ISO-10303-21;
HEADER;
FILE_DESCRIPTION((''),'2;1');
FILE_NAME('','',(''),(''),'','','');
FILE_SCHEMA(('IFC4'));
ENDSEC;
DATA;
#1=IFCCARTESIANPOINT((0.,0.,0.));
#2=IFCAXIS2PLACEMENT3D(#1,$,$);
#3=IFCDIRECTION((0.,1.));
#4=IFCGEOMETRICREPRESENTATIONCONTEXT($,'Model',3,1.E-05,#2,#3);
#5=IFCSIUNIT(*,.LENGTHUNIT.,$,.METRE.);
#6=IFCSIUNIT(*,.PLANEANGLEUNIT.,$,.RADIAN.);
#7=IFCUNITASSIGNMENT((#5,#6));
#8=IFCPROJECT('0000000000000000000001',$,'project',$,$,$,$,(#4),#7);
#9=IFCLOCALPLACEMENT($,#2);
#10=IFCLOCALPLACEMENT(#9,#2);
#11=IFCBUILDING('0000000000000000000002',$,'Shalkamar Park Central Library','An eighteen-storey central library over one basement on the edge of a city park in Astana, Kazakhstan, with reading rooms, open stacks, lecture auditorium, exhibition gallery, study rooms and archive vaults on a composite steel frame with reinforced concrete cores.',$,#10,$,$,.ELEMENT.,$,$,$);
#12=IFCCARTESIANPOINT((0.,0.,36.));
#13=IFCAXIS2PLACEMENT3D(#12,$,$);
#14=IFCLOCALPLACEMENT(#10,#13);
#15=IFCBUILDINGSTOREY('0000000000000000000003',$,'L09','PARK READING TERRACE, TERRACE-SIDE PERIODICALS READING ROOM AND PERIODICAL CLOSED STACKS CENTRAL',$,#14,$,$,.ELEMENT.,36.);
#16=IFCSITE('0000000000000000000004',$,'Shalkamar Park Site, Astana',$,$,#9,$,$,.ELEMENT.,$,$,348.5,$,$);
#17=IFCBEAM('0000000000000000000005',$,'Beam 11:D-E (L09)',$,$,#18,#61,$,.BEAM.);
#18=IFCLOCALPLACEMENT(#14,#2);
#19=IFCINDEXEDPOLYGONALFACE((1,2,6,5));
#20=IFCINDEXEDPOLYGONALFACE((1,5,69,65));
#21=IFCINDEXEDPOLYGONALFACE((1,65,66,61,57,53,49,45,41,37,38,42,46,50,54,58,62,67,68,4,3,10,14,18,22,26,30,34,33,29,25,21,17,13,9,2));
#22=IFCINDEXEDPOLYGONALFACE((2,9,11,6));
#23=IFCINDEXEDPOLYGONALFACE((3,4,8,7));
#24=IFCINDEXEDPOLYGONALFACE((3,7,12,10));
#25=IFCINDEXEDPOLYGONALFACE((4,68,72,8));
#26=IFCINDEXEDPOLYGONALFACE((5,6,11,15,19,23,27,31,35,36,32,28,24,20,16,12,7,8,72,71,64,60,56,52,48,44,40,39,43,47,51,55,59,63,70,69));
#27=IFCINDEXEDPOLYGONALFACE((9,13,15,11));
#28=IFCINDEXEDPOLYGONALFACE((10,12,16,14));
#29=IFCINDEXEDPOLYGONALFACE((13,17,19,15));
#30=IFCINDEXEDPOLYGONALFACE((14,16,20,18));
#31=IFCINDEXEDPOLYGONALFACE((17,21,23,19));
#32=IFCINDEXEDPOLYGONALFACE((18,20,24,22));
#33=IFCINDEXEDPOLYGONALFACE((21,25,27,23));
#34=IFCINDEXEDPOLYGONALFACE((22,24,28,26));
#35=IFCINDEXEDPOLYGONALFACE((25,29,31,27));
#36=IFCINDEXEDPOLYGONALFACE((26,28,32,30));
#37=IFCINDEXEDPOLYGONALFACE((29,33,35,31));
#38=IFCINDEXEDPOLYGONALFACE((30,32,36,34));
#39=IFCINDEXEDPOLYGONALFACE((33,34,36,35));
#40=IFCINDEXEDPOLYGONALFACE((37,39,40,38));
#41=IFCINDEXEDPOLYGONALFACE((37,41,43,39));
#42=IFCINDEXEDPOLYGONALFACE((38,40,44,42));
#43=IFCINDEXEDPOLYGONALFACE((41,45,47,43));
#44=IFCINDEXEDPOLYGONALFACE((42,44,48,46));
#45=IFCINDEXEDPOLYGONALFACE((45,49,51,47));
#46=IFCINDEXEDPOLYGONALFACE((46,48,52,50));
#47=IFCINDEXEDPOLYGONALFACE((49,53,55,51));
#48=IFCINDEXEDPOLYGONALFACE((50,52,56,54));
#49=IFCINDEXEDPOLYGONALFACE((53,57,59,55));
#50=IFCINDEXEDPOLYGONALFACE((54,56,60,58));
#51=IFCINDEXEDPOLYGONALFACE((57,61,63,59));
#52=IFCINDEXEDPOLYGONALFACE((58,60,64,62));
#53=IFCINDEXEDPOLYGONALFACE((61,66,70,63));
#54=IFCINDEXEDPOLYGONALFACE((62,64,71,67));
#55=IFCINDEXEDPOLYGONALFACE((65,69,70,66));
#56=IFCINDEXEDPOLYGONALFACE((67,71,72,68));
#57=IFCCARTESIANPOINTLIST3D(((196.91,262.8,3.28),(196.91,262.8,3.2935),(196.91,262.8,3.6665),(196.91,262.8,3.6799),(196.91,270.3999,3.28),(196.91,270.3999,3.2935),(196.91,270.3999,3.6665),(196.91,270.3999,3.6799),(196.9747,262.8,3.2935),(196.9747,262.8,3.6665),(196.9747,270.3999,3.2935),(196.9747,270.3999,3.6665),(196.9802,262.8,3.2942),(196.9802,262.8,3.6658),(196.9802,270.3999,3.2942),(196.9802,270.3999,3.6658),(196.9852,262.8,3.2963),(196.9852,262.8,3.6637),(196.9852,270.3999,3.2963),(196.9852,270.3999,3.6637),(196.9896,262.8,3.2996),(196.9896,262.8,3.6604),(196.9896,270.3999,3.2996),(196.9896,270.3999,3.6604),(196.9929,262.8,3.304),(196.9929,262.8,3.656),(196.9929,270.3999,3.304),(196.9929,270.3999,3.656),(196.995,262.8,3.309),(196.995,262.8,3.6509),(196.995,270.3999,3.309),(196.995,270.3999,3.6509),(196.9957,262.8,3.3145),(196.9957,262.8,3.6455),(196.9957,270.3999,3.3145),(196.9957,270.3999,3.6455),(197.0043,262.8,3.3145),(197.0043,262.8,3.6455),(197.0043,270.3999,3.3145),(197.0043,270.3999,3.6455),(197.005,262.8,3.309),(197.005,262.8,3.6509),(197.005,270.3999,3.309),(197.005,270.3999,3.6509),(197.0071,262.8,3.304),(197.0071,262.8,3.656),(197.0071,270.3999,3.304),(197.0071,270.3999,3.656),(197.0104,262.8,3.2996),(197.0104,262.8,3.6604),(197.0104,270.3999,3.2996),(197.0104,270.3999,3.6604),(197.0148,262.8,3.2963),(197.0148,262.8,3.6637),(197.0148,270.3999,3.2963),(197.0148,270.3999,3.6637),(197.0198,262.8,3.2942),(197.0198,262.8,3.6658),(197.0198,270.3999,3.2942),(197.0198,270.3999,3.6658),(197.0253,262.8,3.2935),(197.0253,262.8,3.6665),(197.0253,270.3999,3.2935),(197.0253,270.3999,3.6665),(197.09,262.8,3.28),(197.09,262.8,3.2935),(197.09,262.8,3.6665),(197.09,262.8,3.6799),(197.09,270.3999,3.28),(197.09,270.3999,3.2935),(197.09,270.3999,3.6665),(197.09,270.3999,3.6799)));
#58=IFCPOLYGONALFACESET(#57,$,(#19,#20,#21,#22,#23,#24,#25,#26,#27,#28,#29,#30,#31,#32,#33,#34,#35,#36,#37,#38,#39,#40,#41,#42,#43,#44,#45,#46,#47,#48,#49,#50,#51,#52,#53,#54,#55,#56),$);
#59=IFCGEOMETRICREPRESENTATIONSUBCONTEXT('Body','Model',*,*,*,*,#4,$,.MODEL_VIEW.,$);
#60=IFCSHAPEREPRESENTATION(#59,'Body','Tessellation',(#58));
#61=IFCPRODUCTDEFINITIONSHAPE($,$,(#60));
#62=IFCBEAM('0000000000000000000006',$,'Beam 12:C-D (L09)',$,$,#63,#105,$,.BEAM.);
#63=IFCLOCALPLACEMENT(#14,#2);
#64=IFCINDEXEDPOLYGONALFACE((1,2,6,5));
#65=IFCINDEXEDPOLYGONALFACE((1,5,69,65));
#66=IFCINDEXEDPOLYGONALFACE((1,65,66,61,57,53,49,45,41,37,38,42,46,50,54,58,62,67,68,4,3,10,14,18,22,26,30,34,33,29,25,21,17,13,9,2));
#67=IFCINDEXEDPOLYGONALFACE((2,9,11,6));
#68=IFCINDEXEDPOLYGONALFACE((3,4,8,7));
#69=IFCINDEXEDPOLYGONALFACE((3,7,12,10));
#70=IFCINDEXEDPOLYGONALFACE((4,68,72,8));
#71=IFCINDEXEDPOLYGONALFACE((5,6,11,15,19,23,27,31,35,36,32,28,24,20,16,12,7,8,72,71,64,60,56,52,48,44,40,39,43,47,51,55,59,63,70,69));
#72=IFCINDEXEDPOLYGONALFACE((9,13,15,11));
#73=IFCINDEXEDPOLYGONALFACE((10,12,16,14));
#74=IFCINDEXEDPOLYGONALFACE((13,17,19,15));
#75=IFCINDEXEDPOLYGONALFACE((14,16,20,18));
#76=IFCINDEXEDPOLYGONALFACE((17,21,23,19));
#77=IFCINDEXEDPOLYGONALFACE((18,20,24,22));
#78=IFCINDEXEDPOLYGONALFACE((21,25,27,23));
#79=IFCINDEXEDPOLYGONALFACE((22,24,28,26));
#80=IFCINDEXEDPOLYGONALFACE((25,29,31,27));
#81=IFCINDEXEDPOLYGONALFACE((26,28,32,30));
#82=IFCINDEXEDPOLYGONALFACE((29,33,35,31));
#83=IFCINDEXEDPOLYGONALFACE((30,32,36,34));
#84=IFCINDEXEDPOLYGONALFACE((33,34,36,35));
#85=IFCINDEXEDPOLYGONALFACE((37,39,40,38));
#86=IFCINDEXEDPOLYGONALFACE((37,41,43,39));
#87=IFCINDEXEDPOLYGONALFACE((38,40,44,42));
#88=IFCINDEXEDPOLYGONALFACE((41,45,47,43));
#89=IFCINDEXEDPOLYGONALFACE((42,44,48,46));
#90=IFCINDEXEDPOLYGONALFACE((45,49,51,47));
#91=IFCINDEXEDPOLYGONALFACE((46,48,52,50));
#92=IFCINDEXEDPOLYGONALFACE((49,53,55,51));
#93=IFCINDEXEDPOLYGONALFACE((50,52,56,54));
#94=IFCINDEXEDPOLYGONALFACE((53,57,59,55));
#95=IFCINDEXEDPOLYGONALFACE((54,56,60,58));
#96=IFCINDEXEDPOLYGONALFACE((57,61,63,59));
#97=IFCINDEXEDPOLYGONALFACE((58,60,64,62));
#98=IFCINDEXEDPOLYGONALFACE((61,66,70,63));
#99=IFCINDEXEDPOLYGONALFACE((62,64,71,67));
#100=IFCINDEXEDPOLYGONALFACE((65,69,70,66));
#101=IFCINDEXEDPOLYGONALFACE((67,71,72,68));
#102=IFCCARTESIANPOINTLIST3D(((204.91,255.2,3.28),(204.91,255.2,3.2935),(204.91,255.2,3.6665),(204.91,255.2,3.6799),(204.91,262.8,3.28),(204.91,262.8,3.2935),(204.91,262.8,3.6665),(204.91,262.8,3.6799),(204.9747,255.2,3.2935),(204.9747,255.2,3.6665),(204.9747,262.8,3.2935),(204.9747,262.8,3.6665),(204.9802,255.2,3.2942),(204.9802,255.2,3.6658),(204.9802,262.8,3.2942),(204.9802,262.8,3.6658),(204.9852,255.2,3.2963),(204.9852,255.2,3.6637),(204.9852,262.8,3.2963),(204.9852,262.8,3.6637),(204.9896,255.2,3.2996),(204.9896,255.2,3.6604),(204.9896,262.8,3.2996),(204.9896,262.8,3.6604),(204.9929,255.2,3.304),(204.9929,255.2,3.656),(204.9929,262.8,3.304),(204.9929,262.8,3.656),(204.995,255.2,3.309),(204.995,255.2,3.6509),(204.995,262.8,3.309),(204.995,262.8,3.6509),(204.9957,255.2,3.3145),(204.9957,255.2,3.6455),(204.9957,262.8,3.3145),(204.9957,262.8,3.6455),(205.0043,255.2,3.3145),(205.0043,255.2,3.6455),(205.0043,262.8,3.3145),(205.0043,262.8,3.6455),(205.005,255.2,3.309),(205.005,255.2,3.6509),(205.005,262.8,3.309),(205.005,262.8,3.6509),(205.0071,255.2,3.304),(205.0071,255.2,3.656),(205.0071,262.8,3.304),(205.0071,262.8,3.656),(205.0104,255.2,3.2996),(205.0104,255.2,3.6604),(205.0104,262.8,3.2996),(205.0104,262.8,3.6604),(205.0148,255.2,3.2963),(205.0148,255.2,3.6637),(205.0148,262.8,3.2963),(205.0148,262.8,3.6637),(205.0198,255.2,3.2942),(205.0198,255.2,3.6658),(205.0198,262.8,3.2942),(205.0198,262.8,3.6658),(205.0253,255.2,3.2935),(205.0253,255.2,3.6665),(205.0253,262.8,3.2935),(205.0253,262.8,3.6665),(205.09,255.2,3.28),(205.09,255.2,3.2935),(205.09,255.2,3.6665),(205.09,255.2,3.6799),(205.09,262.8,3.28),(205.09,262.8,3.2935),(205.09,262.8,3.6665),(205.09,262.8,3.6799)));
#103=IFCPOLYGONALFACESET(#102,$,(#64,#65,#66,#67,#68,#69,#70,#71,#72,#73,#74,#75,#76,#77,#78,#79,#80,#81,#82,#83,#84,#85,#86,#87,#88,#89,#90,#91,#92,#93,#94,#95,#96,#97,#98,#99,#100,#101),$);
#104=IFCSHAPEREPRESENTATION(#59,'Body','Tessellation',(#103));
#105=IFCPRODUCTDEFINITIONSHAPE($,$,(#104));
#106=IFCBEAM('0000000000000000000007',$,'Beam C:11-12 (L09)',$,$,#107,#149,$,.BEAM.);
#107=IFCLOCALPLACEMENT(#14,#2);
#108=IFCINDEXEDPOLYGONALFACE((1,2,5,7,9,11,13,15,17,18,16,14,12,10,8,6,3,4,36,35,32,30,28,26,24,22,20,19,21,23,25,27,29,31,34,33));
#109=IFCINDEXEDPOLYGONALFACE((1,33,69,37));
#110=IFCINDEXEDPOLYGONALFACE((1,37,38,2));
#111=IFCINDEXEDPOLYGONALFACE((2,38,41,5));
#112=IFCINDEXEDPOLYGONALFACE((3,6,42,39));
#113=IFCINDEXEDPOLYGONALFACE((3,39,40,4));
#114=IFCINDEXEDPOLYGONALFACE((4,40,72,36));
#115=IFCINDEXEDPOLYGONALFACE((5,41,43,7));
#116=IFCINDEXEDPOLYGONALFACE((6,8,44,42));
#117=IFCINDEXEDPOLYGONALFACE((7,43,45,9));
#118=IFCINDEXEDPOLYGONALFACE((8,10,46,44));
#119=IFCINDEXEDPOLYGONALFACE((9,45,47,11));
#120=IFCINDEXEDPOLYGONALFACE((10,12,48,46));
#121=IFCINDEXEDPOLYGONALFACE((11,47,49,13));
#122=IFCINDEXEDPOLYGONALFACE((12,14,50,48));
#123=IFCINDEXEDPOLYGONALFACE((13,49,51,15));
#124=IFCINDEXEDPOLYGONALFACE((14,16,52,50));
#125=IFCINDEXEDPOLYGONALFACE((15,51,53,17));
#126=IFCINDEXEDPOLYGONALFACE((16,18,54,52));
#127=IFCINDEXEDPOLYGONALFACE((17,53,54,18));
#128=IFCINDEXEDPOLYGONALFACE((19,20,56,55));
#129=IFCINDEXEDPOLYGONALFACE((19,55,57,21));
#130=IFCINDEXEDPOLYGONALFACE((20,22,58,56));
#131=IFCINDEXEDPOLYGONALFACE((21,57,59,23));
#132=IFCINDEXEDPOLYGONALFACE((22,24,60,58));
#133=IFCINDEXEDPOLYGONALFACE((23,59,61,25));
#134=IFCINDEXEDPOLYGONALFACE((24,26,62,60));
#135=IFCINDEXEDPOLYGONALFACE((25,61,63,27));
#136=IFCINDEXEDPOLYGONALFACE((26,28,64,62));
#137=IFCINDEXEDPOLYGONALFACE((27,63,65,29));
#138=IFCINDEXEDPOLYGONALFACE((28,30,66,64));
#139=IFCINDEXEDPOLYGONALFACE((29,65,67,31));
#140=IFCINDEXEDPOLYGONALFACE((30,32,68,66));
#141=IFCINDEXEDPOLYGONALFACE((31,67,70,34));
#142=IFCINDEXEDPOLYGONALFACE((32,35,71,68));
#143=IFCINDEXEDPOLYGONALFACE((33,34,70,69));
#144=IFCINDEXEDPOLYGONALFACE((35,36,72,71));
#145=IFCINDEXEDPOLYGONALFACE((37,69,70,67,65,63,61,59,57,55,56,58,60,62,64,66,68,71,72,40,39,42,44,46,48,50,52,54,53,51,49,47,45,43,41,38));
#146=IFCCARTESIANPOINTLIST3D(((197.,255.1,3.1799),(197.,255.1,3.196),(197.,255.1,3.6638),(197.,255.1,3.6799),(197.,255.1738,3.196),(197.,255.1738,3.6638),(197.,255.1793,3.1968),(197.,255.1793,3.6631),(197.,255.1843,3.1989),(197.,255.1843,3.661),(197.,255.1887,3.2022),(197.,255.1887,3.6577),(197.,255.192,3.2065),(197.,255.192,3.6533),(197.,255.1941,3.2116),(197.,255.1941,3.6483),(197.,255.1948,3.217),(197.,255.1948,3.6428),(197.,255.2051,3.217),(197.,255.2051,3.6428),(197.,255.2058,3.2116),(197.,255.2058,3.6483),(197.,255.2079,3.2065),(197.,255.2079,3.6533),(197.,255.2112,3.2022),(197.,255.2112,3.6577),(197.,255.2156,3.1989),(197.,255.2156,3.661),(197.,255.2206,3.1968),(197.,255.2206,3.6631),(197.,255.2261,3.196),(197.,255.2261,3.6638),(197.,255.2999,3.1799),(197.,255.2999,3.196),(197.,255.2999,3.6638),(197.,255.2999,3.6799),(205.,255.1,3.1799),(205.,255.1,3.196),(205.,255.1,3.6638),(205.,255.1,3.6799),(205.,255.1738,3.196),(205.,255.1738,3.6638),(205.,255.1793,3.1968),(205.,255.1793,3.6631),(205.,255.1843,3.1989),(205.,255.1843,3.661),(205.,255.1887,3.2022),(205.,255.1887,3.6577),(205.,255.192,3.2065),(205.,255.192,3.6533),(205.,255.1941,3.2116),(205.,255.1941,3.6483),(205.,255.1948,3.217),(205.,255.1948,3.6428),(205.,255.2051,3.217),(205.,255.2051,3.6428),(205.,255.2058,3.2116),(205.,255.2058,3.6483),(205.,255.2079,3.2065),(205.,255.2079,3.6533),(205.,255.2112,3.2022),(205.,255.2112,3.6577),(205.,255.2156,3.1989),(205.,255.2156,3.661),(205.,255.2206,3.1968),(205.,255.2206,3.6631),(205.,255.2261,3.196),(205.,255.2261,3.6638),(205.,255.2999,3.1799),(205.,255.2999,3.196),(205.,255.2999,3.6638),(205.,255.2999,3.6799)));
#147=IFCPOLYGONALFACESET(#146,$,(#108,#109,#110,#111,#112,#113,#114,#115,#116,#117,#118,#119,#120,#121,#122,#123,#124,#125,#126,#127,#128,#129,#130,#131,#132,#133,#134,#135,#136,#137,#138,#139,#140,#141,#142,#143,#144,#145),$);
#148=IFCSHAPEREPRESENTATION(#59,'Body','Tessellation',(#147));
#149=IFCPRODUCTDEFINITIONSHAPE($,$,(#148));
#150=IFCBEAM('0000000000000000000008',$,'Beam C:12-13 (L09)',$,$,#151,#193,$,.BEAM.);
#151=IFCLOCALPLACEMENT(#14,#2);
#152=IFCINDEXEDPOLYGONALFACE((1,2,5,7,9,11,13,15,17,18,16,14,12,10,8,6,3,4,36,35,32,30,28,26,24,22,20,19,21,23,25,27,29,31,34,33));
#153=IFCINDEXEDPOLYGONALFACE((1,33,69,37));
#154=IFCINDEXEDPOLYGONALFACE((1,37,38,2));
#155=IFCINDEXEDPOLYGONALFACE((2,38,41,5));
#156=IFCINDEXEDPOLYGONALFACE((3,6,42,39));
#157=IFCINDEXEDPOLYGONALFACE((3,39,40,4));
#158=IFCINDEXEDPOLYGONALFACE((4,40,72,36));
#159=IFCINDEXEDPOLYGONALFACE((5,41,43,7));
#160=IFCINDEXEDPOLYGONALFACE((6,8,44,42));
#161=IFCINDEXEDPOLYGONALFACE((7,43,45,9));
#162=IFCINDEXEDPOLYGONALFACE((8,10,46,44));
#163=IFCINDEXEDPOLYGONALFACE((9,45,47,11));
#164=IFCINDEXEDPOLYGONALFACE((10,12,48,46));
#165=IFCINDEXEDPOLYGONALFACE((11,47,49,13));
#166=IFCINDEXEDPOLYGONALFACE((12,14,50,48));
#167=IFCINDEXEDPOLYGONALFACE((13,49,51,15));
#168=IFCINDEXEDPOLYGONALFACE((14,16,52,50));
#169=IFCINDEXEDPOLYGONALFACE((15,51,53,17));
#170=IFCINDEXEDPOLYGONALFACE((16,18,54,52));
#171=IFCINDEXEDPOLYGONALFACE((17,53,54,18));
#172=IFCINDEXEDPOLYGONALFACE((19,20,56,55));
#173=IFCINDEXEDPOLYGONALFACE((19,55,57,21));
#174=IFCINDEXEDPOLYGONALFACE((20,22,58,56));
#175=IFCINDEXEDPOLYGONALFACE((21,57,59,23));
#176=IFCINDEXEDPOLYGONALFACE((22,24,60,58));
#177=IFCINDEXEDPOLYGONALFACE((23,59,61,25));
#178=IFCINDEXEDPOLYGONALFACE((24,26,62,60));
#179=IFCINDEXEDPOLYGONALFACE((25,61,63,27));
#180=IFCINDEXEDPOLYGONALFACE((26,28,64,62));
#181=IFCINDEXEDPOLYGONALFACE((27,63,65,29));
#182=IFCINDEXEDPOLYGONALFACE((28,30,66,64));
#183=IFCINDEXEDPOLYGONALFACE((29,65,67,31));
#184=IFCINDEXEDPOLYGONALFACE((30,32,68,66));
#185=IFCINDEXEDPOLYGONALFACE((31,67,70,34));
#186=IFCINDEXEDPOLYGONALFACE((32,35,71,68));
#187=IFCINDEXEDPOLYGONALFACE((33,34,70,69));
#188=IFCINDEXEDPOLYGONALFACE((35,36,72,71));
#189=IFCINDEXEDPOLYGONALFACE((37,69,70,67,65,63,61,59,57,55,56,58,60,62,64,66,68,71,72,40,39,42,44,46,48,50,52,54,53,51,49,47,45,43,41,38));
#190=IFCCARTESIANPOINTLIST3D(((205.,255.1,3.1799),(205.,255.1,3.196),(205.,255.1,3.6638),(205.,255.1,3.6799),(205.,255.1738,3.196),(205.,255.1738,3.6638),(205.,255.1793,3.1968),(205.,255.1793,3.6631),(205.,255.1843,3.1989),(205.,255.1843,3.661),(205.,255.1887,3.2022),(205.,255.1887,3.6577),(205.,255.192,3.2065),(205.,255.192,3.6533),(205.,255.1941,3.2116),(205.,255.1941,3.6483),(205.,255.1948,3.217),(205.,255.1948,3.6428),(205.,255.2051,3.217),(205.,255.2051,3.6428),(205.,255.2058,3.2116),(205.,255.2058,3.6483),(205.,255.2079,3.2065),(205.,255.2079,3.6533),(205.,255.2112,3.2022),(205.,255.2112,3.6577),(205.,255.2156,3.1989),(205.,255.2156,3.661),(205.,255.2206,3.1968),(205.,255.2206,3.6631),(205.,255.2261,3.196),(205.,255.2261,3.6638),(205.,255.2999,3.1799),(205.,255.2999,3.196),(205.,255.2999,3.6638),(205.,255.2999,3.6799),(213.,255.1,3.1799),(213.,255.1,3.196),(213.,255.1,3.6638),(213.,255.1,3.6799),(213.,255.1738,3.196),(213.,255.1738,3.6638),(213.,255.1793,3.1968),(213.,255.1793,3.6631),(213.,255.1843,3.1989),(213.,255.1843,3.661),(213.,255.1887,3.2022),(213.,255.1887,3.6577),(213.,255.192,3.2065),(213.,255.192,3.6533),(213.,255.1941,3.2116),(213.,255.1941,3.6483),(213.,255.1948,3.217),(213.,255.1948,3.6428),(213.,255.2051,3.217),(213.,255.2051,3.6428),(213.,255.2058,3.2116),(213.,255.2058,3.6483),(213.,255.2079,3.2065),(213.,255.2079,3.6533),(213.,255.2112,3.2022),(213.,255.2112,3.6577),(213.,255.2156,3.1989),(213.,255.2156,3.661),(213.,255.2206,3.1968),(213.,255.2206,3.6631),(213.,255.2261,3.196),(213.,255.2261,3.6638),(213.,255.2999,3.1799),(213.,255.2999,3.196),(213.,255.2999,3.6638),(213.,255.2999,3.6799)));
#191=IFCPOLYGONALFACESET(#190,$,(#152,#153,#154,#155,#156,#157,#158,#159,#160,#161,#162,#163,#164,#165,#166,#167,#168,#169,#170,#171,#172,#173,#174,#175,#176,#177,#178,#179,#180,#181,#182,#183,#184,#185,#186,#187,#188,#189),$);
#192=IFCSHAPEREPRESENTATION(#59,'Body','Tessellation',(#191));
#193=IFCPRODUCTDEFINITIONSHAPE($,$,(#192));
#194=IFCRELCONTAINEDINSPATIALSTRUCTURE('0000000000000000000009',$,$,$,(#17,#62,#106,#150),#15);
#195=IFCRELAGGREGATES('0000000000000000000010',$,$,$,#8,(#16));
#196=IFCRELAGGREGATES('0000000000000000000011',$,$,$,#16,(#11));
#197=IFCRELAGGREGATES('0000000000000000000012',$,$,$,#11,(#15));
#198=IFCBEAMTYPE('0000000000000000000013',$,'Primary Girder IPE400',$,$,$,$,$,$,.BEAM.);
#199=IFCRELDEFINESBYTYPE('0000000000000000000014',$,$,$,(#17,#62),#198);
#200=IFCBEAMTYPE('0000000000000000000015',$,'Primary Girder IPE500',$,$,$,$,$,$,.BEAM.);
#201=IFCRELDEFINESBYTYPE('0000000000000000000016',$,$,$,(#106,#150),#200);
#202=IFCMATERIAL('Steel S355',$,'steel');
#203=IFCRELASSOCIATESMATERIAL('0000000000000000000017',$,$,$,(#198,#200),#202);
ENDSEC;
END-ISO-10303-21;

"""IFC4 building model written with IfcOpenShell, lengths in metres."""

from ifc_helpers import new_model, si_unit, direction, frame, origin, origin_2d, place, context, subcontext, project, spatial, i_section, extrude, material, material_profile, profile_set, type_object, element, save


model = new_model("IFC4")

# Units and contexts
model_context = context("Model", 3, precision=1e-05, world=origin(), true_north=direction((0.0, 1.0)))
body_context = subcontext(model_context, "Body", "Model", "MODEL_VIEW")
ifc_project = project(units=[si_unit("LENGTHUNIT", "METRE"), si_unit("PLANEANGLEUNIT", "RADIAN")], contexts=[model_context])

# Site, building, storey
site_placement = place(None, origin())
site = spatial("IfcSite", under=ifc_project, at=site_placement, Name="Shalkamar Park Site, Astana", CompositionType="ELEMENT", RefElevation=348.5)
building_placement = place(site_placement, origin())
building = spatial("IfcBuilding", under=site, at=building_placement, Name="Shalkamar Park Central Library", Description="An eighteen-storey central library over one basement on the edge of a city park in Astana, Kazakhstan, with reading rooms, open stacks, lecture auditorium, exhibition gallery, study rooms and archive vaults on a composite steel frame with reinforced concrete cores.", CompositionType="ELEMENT")
storey_placement = place(building_placement, frame((0.0, 0.0, 36.0)))
storey = spatial("IfcBuildingStorey", under=building, at=storey_placement, Name="L09", Description="PARK READING TERRACE, TERRACE-SIDE PERIODICALS READING ROOM AND PERIODICAL CLOSED STACKS CENTRAL", CompositionType="ELEMENT", Elevation=36.0)

# Shared definitions
ifc_material_1 = material(Name="Steel S355", Category="steel")

# Beams
ifc_material_profile_1 = material_profile(ifc_material_1, i_section(OverallWidth=0.1799, OverallDepth=0.3999, WebThickness=0.0085, FlangeThickness=0.0134, FilletRadius=0.021, at=origin_2d()), Name="IPE 400")
ifc_profile_set_1 = profile_set([ifc_material_profile_1], Name="Steel S355")
beam_type_1 = type_object("IfcBeamType", Name="Primary Girder IPE400", PredefinedType="BEAM", material=ifc_profile_set_1)
beam_1_placement = place(storey_placement, frame((197.0, 262.8, 3.48), z_axis=(0.0, 1.0, 0.0), x_axis=(-1.0, 0.0, 0.0)))
element("IfcBeam", 1, at=beam_1_placement, inside=storey, type_object=beam_type_1, Name="Beam 11:D-E (L09)", PredefinedType="BEAM", context=body_context, shape_type="SweptSolid", body=[
    extrude(i_section(OverallWidth=0.1799, OverallDepth=0.3999, WebThickness=0.0085, FlangeThickness=0.0134, FilletRadius=0.021, at=origin_2d()), origin(), (0.0, 0.0, 1.0), 7.5999),
])
beam_2_placement = place(storey_placement, frame((205.0, 255.2, 3.48), z_axis=(0.0, 1.0, 0.0), x_axis=(-1.0, 0.0, 0.0)))
element("IfcBeam", 2, at=beam_2_placement, inside=storey, type_object=beam_type_1, Name="Beam 12:C-D (L09)", PredefinedType="BEAM", context=body_context, shape_type="SweptSolid", body=[
    extrude(i_section(OverallWidth=0.1799, OverallDepth=0.3999, WebThickness=0.0085, FlangeThickness=0.0134, FilletRadius=0.021, at=origin_2d()), origin(), (0.0, 0.0, 1.0), 7.6001),
])
ifc_material_profile_2 = material_profile(ifc_material_1, i_section(OverallWidth=0.2, OverallDepth=0.5, WebThickness=0.0103, FlangeThickness=0.0161, FilletRadius=0.021, at=origin_2d()), Name="IPE 500")
ifc_profile_set_2 = profile_set([ifc_material_profile_2], Name="Steel S355")
beam_type_2 = type_object("IfcBeamType", Name="Primary Girder IPE500", PredefinedType="BEAM", material=ifc_profile_set_2)
for number, where, z_axis, x_axis, name in (
    (3, (197.0, 255.2, 3.4299), (1.0, 0.0, 0.0), (0.0, 1.0, 0.0), "Beam C:11-12 (L09)"),
    (4, (205.0, 255.2, 3.4299), (1.0, 0.0, 0.0), (0.0, 1.0, 0.0), "Beam C:12-13 (L09)"),
):
    element("IfcBeam", number, at=place(storey_placement, frame(where, z_axis=z_axis, x_axis=x_axis)), inside=storey, type_object=beam_type_2, Name=name, PredefinedType="BEAM", context=body_context, shape_type="SweptSolid", body=[
        extrude(i_section(OverallWidth=0.2, OverallDepth=0.5, WebThickness=0.0103, FlangeThickness=0.0161, FilletRadius=0.021, at=origin_2d()), origin(), (0.0, 0.0, 1.0), 8.0),
    ])

save(model, "model.ifc")
